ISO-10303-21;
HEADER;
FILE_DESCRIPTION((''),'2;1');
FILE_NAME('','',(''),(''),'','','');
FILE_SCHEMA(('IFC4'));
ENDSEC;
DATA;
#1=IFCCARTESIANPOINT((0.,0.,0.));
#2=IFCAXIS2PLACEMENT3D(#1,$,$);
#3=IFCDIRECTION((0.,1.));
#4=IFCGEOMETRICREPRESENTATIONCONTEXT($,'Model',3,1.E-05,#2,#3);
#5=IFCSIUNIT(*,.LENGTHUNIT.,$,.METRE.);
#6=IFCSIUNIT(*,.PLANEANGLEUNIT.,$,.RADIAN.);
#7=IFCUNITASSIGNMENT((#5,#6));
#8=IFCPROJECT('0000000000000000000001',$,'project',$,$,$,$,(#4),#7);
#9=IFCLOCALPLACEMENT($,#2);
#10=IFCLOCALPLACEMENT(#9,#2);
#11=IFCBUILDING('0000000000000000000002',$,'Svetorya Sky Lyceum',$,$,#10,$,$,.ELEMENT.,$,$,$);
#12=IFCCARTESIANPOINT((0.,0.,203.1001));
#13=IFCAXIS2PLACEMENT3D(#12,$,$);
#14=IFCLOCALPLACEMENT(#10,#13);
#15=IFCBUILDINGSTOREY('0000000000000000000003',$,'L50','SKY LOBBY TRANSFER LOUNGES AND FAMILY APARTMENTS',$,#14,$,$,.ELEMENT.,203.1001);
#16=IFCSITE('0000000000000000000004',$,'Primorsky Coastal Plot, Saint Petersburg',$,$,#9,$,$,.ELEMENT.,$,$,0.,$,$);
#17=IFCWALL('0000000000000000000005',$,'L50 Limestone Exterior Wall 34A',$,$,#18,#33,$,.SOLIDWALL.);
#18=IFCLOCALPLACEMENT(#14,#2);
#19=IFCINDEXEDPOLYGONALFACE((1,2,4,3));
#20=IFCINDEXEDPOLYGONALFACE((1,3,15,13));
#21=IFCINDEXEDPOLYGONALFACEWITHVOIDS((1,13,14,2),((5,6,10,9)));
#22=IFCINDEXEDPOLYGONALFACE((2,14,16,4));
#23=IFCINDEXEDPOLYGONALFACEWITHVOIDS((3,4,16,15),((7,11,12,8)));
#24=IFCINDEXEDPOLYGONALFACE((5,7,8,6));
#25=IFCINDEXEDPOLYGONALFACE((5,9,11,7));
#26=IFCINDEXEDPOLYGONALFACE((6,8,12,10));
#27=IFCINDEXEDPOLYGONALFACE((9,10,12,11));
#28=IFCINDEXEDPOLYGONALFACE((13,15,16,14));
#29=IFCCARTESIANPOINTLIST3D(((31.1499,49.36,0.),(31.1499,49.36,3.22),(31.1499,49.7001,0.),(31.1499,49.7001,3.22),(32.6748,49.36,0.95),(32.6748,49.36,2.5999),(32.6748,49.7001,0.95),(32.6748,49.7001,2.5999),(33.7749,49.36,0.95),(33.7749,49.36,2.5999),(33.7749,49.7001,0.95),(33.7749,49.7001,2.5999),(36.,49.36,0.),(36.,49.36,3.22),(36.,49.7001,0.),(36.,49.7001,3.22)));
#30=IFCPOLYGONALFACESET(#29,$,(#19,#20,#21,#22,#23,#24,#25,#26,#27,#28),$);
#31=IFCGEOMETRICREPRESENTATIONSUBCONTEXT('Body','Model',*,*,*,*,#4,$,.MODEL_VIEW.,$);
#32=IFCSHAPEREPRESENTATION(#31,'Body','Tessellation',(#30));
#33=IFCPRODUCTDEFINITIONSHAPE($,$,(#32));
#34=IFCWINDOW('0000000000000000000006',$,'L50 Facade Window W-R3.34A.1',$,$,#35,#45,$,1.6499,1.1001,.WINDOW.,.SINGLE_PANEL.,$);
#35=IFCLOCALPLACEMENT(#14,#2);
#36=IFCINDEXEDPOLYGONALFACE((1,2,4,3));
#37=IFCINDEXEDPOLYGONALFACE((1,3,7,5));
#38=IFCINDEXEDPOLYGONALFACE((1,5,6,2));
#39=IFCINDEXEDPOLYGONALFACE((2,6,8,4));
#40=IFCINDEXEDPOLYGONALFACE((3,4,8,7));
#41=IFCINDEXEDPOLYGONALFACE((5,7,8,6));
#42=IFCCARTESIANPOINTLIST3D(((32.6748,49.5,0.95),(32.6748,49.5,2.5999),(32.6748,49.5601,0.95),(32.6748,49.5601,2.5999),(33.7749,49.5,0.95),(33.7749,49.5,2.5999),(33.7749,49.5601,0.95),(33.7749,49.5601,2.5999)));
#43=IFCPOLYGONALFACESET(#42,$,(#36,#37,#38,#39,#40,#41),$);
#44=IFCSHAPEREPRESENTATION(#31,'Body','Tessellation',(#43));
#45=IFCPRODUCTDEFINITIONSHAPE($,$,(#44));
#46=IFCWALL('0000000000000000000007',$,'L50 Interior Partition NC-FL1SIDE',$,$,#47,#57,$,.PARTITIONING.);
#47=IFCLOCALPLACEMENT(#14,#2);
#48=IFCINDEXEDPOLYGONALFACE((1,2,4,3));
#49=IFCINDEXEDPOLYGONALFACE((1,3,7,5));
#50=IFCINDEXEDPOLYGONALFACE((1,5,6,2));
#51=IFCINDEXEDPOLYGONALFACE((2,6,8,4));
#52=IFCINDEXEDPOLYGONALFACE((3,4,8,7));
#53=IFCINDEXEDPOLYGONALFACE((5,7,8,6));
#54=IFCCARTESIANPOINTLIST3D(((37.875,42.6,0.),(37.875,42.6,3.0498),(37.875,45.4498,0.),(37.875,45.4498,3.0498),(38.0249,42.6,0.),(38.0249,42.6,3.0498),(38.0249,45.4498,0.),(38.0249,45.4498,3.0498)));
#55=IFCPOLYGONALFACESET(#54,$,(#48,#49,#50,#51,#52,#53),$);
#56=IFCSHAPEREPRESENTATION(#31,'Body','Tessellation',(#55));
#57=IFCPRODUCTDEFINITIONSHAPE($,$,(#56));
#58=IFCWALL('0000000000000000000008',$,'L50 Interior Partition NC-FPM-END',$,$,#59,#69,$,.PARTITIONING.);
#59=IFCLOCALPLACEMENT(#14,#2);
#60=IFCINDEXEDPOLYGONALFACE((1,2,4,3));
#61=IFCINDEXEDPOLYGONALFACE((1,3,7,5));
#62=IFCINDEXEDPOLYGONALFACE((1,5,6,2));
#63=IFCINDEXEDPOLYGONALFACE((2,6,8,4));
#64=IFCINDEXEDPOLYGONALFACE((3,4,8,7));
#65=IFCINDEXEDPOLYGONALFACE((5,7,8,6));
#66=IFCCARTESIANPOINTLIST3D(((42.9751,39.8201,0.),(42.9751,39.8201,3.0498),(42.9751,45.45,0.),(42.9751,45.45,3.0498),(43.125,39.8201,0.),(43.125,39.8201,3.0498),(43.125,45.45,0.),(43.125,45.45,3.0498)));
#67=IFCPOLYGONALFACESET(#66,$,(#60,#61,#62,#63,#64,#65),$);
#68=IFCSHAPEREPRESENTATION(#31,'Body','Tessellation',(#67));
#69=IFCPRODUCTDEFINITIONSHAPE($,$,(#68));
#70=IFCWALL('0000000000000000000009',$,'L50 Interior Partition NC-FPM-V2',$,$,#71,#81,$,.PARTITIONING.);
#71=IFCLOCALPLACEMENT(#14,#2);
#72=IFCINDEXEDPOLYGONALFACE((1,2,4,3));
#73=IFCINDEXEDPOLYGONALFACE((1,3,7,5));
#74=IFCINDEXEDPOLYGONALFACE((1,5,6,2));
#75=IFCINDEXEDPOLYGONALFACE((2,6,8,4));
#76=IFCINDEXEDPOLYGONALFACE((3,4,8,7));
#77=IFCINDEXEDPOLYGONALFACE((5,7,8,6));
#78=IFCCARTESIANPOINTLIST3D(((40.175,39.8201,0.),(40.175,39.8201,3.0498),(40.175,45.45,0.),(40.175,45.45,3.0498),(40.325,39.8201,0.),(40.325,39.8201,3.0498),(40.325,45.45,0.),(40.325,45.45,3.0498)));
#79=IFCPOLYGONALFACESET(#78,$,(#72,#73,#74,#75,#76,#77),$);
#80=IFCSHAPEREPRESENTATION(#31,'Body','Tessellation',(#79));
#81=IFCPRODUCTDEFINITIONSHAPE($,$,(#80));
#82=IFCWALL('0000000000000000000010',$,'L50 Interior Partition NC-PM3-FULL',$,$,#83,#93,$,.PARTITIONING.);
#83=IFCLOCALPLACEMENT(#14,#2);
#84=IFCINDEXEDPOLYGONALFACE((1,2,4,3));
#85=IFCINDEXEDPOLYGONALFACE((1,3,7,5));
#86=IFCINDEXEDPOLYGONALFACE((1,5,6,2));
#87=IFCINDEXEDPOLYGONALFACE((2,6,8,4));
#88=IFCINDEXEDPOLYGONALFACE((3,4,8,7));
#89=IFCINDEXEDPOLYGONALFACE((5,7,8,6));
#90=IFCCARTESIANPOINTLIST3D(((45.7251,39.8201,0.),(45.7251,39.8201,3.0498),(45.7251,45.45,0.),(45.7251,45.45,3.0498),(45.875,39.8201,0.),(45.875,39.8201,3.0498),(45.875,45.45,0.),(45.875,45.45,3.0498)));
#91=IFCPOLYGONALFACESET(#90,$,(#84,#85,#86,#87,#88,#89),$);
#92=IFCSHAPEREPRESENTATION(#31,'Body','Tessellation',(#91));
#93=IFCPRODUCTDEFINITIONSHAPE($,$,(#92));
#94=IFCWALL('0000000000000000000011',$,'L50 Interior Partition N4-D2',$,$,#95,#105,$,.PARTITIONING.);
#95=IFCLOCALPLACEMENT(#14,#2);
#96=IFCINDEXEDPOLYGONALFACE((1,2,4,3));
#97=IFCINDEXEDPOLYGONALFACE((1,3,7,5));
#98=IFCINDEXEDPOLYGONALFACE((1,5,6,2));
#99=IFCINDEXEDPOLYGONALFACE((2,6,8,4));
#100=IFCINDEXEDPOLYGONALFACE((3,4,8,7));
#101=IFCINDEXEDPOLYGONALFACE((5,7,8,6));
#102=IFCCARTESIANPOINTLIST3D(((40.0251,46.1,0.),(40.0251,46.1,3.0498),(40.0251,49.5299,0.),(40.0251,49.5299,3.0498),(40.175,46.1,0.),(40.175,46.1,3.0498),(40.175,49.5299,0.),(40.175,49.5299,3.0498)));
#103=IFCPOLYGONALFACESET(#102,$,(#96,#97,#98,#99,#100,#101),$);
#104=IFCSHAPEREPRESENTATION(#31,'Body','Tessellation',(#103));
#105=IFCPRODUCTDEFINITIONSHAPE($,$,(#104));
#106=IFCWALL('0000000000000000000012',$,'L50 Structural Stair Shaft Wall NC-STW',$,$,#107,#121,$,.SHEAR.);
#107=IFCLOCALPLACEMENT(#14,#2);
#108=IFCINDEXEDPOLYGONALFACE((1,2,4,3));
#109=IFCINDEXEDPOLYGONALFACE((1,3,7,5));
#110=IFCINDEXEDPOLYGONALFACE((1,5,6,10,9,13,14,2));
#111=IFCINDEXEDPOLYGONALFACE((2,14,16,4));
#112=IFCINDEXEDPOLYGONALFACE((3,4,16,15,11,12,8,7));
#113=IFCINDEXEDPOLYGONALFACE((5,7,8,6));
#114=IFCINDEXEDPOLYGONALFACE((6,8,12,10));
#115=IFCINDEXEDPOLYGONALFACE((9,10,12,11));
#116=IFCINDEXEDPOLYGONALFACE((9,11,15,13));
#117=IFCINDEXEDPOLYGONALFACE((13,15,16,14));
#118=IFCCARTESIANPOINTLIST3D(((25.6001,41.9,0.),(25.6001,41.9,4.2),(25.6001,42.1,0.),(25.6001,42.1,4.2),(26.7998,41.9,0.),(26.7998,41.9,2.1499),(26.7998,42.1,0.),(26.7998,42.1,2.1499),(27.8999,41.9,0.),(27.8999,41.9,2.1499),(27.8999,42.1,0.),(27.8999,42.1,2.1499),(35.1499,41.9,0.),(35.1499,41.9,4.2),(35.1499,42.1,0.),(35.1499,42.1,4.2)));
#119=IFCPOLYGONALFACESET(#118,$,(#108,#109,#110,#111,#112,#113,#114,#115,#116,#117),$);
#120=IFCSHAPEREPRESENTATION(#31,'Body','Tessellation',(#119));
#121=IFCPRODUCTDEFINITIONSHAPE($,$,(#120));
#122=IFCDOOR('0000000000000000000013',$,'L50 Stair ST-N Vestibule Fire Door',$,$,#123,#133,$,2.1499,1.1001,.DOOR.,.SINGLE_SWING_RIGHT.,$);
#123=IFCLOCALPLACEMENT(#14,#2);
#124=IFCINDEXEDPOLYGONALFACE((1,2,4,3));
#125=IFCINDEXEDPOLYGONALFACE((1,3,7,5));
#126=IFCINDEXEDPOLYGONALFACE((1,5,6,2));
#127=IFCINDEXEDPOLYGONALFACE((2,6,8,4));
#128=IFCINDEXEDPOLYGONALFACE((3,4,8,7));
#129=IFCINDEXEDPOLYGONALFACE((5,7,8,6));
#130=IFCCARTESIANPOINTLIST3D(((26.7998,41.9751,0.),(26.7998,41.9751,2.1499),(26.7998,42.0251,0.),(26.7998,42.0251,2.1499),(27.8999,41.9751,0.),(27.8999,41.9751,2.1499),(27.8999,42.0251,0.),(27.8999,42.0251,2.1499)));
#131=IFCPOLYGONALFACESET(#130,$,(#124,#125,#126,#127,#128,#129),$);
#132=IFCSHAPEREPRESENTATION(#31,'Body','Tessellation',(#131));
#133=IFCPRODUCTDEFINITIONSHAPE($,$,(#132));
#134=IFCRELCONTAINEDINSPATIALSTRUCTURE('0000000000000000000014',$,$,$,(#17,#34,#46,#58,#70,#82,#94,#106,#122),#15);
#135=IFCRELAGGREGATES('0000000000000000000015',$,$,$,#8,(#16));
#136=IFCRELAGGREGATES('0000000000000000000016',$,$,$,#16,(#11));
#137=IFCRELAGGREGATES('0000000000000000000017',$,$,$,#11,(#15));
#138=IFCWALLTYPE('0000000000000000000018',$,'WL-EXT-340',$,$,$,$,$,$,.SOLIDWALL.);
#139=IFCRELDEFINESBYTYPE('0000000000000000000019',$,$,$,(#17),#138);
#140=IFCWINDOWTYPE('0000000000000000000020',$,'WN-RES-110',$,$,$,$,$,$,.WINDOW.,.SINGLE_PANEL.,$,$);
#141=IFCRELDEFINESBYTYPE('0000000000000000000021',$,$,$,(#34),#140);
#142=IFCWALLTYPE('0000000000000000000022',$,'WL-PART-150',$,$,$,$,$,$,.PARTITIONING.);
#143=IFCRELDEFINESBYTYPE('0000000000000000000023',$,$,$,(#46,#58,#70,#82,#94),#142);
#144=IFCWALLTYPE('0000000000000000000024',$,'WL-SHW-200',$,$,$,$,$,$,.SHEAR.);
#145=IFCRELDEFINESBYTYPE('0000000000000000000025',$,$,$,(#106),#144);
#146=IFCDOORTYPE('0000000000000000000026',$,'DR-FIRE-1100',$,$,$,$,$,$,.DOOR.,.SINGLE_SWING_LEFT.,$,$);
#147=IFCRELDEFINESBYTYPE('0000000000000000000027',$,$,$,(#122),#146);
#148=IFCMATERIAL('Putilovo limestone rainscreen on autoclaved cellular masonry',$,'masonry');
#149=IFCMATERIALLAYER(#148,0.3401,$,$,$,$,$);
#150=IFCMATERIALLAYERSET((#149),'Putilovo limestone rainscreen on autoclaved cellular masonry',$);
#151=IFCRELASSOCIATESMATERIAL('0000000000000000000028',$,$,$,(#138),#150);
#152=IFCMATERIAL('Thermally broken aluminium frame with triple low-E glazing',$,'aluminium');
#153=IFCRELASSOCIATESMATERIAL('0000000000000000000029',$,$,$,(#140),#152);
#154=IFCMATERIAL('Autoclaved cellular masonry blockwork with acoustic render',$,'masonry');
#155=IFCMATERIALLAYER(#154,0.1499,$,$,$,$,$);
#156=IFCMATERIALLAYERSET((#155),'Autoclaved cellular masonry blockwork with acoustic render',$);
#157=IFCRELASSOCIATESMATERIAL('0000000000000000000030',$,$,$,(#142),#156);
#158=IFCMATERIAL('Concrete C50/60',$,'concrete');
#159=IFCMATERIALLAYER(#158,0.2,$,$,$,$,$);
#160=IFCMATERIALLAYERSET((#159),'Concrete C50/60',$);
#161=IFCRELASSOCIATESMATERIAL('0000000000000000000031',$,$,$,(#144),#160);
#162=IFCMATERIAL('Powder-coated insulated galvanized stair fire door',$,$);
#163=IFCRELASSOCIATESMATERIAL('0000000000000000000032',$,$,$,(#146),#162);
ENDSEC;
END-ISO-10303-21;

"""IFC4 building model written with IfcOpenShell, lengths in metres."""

from ifc_helpers import new_model, si_unit, direction, frame, frame_2d, origin, place, context, subcontext, project, spatial, rectangle, extrude, material, layer, layer_set, type_object, element, fill, save


model = new_model("IFC4")

# Units and contexts
model_context = context("Model", 3, precision=1e-05, world=origin(), true_north=direction((0.0, 1.0)))
body_context = subcontext(model_context, "Body", "Model", "MODEL_VIEW")
ifc_project = project(units=[si_unit("LENGTHUNIT", "METRE"), si_unit("PLANEANGLEUNIT", "RADIAN")], contexts=[model_context])

# Site, building, storey
site_placement = place(None, origin())
site = spatial("IfcSite", under=ifc_project, at=site_placement, Name="Primorsky Coastal Plot, Saint Petersburg", CompositionType="ELEMENT", RefElevation=0.0)
building_placement = place(site_placement, origin())
building = spatial("IfcBuilding", under=site, at=building_placement, Name="Svetorya Sky Lyceum", CompositionType="ELEMENT")
storey_placement = place(building_placement, frame((0.0, 0.0, 203.1001)))
storey = spatial("IfcBuildingStorey", under=building, at=storey_placement, Name="L50", Description="SKY LOBBY TRANSFER LOUNGES AND FAMILY APARTMENTS", CompositionType="ELEMENT", Elevation=203.1001)

# Shared definitions
ifc_material_1 = material(Name="Concrete C50/60", Category="concrete")

# Shared definitions
ifc_material_2 = material(Name="Putilovo limestone rainscreen on autoclaved cellular masonry", Category="masonry")
ifc_layer_1 = layer(ifc_material_2, 0.3401)
ifc_layer_set_1 = layer_set([ifc_layer_1], Name="Putilovo limestone rainscreen on autoclaved cellular masonry")
wall_type_1 = type_object("IfcWallType", Name="WL-EXT-340", PredefinedType="SOLIDWALL", material=ifc_layer_set_1)

# Wall, opening, window
wall_1_placement = place(storey_placement, frame((36.0, 49.53, 0.0), z_axis=(0.0, 0.0, 1.0), x_axis=(-1.0, 0.0, 0.0)))
wall_1 = element("IfcWall", 1, at=wall_1_placement, inside=storey, type_object=wall_type_1, Name="L50 Limestone Exterior Wall 34A", PredefinedType="SOLIDWALL", context=body_context, shape_type="SweptSolid", body=[
    extrude(rectangle(XDim=4.8501, YDim=0.3401, at=frame_2d((2.425, 0.0))), origin(), (0.0, 0.0, 1.0), 3.22),
])
opening_1_placement = place(wall_1_placement, frame((2.2251, 0.0, 0.95)))
opening_1 = element("IfcOpeningElement", 2, at=opening_1_placement, cuts=wall_1, PredefinedType="OPENING", context=body_context, shape_type="SweptSolid", body=[
    extrude(rectangle(XDim=1.1001, YDim=1.6499, at=frame_2d((0.55, 0.825))), frame((0.0, 0.1799, 0.0), z_axis=(0.0, -1.0, 0.0), x_axis=(1.0, 0.0, 0.0)), (0.0, 0.0, 1.0), 0.3601),
])
ifc_material_3 = material(Name="Thermally broken aluminium frame with triple low-E glazing", Category="aluminium")
window_type = type_object("IfcWindowType", Name="WN-RES-110", PartitioningType="SINGLE_PANEL", PredefinedType="WINDOW", material=ifc_material_3)
window_placement = place(opening_1_placement, origin())
window = element("IfcWindow", 3, at=window_placement, inside=storey, type_object=window_type, Name="L50 Facade Window W-R3.34A.1", OverallHeight=1.6499, OverallWidth=1.1001, PartitioningType="SINGLE_PANEL", PredefinedType="WINDOW", context=body_context, shape_type="SweptSolid", body=[
    extrude(rectangle(XDim=1.1001, YDim=1.6499, at=frame_2d((0.55, 0.825))), frame((0.0, 0.03, 0.0), z_axis=(0.0, -1.0, 0.0), x_axis=(1.0, 0.0, 0.0)), (0.0, 0.0, 1.0), 0.0601),
])
fill(opening_1, window)

# Walls
ifc_material_4 = material(Name="Autoclaved cellular masonry blockwork with acoustic render", Category="masonry")
ifc_layer_2 = layer(ifc_material_4, 0.1499)
ifc_layer_set_2 = layer_set([ifc_layer_2], Name="Autoclaved cellular masonry blockwork with acoustic render")
wall_type_2 = type_object("IfcWallType", Name="WL-PART-150", PredefinedType="PARTITIONING", material=ifc_layer_set_2)
wall_2_placement = place(storey_placement, frame((37.95, 42.6001, 0.0), z_axis=(0.0, 0.0, 1.0), x_axis=(0.0, 1.0, 0.0)))
element("IfcWall", 4, at=wall_2_placement, inside=storey, type_object=wall_type_2, Name="L50 Interior Partition NC-FL1SIDE", PredefinedType="PARTITIONING", context=body_context, shape_type="SweptSolid", body=[
    extrude(rectangle(XDim=2.8499, YDim=0.1499, at=frame_2d((1.4248, 0.0))), origin(), (0.0, 0.0, 1.0), 3.0498),
])
for number, where, z_axis, x_axis, name in (
    (5, (43.05, 39.8201, 0.0), (0.0, 0.0, 1.0), (0.0, 1.0, 0.0), "L50 Interior Partition NC-FPM-END"),
    (6, (40.25, 39.8201, 0.0), (0.0, 0.0, 1.0), (0.0, 1.0, 0.0), "L50 Interior Partition NC-FPM-V2"),
    (7, (45.8, 39.8201, 0.0), (0.0, 0.0, 1.0), (0.0, 1.0, 0.0), "L50 Interior Partition NC-PM3-FULL"),
):
    element("IfcWall", number, at=place(storey_placement, frame(where, z_axis=z_axis, x_axis=x_axis)), inside=storey, type_object=wall_type_2, Name=name, PredefinedType="PARTITIONING", context=body_context, shape_type="SweptSolid", body=[
        extrude(rectangle(XDim=5.6299, YDim=0.1499, at=frame_2d((2.8149, 0.0))), origin(), (0.0, 0.0, 1.0), 3.0498),
    ])
wall_3_placement = place(storey_placement, frame((40.1001, 46.1001, 0.0), z_axis=(0.0, 0.0, 1.0), x_axis=(0.0, 1.0, 0.0)))
element("IfcWall", 8, at=wall_3_placement, inside=storey, type_object=wall_type_2, Name="L50 Interior Partition N4-D2", PredefinedType="PARTITIONING", context=body_context, shape_type="SweptSolid", body=[
    extrude(rectangle(XDim=3.4299, YDim=0.1499, at=frame_2d((1.7148, 0.0))), origin(), (0.0, 0.0, 1.0), 3.0498),
])

# Wall, opening, door
ifc_layer_3 = layer(ifc_material_1, 0.2)
ifc_layer_set_3 = layer_set([ifc_layer_3], Name="Concrete C50/60")
wall_type_3 = type_object("IfcWallType", Name="WL-SHW-200", PredefinedType="SHEAR", material=ifc_layer_set_3)
wall_4_placement = place(storey_placement, frame((35.1499, 42.0, 0.0), z_axis=(0.0, 0.0, 1.0), x_axis=(-1.0, 0.0, 0.0)))
wall_4 = element("IfcWall", 9, at=wall_4_placement, inside=storey, type_object=wall_type_3, Name="L50 Structural Stair Shaft Wall NC-STW", PredefinedType="SHEAR", context=body_context, shape_type="SweptSolid", body=[
    extrude(rectangle(XDim=9.5498, YDim=0.2, at=frame_2d((4.7749, 0.0))), origin(), (0.0, 0.0, 1.0), 4.2),
])
opening_2_placement = place(wall_4_placement, frame((7.25, 0.0, 0.0)))
opening_2 = element("IfcOpeningElement", 10, at=opening_2_placement, cuts=wall_4, PredefinedType="OPENING", context=body_context, shape_type="SweptSolid", body=[
    extrude(rectangle(XDim=1.1001, YDim=2.1499, at=frame_2d((0.55, 1.075))), frame((0.0, 0.1099, 0.0), z_axis=(0.0, -1.0, 0.0), x_axis=(1.0, 0.0, 0.0)), (0.0, 0.0, 1.0), 0.22),
])
ifc_material_5 = material(Name="Powder-coated insulated galvanized stair fire door")
door_type_1 = type_object("IfcDoorType", Name="DR-FIRE-1100", OperationType="SINGLE_SWING_LEFT", PredefinedType="DOOR", material=ifc_material_5)
door_1_placement = place(opening_2_placement, origin())
door_1 = element("IfcDoor", 11, at=door_1_placement, inside=storey, type_object=door_type_1, Name="L50 Stair ST-N Vestibule Fire Door", OperationType="SINGLE_SWING_RIGHT", OverallHeight=2.1499, OverallWidth=1.1001, PredefinedType="DOOR", context=body_context, shape_type="SweptSolid", body=[
    extrude(rectangle(XDim=1.1001, YDim=2.1499, at=frame_2d((0.55, 1.075))), frame((0.0, 0.0249, 0.0), z_axis=(0.0, -1.0, 0.0), x_axis=(1.0, 0.0, 0.0)), (0.0, 0.0, 1.0), 0.05),
])
fill(opening_2, door_1)

save(model, "model.ifc")
